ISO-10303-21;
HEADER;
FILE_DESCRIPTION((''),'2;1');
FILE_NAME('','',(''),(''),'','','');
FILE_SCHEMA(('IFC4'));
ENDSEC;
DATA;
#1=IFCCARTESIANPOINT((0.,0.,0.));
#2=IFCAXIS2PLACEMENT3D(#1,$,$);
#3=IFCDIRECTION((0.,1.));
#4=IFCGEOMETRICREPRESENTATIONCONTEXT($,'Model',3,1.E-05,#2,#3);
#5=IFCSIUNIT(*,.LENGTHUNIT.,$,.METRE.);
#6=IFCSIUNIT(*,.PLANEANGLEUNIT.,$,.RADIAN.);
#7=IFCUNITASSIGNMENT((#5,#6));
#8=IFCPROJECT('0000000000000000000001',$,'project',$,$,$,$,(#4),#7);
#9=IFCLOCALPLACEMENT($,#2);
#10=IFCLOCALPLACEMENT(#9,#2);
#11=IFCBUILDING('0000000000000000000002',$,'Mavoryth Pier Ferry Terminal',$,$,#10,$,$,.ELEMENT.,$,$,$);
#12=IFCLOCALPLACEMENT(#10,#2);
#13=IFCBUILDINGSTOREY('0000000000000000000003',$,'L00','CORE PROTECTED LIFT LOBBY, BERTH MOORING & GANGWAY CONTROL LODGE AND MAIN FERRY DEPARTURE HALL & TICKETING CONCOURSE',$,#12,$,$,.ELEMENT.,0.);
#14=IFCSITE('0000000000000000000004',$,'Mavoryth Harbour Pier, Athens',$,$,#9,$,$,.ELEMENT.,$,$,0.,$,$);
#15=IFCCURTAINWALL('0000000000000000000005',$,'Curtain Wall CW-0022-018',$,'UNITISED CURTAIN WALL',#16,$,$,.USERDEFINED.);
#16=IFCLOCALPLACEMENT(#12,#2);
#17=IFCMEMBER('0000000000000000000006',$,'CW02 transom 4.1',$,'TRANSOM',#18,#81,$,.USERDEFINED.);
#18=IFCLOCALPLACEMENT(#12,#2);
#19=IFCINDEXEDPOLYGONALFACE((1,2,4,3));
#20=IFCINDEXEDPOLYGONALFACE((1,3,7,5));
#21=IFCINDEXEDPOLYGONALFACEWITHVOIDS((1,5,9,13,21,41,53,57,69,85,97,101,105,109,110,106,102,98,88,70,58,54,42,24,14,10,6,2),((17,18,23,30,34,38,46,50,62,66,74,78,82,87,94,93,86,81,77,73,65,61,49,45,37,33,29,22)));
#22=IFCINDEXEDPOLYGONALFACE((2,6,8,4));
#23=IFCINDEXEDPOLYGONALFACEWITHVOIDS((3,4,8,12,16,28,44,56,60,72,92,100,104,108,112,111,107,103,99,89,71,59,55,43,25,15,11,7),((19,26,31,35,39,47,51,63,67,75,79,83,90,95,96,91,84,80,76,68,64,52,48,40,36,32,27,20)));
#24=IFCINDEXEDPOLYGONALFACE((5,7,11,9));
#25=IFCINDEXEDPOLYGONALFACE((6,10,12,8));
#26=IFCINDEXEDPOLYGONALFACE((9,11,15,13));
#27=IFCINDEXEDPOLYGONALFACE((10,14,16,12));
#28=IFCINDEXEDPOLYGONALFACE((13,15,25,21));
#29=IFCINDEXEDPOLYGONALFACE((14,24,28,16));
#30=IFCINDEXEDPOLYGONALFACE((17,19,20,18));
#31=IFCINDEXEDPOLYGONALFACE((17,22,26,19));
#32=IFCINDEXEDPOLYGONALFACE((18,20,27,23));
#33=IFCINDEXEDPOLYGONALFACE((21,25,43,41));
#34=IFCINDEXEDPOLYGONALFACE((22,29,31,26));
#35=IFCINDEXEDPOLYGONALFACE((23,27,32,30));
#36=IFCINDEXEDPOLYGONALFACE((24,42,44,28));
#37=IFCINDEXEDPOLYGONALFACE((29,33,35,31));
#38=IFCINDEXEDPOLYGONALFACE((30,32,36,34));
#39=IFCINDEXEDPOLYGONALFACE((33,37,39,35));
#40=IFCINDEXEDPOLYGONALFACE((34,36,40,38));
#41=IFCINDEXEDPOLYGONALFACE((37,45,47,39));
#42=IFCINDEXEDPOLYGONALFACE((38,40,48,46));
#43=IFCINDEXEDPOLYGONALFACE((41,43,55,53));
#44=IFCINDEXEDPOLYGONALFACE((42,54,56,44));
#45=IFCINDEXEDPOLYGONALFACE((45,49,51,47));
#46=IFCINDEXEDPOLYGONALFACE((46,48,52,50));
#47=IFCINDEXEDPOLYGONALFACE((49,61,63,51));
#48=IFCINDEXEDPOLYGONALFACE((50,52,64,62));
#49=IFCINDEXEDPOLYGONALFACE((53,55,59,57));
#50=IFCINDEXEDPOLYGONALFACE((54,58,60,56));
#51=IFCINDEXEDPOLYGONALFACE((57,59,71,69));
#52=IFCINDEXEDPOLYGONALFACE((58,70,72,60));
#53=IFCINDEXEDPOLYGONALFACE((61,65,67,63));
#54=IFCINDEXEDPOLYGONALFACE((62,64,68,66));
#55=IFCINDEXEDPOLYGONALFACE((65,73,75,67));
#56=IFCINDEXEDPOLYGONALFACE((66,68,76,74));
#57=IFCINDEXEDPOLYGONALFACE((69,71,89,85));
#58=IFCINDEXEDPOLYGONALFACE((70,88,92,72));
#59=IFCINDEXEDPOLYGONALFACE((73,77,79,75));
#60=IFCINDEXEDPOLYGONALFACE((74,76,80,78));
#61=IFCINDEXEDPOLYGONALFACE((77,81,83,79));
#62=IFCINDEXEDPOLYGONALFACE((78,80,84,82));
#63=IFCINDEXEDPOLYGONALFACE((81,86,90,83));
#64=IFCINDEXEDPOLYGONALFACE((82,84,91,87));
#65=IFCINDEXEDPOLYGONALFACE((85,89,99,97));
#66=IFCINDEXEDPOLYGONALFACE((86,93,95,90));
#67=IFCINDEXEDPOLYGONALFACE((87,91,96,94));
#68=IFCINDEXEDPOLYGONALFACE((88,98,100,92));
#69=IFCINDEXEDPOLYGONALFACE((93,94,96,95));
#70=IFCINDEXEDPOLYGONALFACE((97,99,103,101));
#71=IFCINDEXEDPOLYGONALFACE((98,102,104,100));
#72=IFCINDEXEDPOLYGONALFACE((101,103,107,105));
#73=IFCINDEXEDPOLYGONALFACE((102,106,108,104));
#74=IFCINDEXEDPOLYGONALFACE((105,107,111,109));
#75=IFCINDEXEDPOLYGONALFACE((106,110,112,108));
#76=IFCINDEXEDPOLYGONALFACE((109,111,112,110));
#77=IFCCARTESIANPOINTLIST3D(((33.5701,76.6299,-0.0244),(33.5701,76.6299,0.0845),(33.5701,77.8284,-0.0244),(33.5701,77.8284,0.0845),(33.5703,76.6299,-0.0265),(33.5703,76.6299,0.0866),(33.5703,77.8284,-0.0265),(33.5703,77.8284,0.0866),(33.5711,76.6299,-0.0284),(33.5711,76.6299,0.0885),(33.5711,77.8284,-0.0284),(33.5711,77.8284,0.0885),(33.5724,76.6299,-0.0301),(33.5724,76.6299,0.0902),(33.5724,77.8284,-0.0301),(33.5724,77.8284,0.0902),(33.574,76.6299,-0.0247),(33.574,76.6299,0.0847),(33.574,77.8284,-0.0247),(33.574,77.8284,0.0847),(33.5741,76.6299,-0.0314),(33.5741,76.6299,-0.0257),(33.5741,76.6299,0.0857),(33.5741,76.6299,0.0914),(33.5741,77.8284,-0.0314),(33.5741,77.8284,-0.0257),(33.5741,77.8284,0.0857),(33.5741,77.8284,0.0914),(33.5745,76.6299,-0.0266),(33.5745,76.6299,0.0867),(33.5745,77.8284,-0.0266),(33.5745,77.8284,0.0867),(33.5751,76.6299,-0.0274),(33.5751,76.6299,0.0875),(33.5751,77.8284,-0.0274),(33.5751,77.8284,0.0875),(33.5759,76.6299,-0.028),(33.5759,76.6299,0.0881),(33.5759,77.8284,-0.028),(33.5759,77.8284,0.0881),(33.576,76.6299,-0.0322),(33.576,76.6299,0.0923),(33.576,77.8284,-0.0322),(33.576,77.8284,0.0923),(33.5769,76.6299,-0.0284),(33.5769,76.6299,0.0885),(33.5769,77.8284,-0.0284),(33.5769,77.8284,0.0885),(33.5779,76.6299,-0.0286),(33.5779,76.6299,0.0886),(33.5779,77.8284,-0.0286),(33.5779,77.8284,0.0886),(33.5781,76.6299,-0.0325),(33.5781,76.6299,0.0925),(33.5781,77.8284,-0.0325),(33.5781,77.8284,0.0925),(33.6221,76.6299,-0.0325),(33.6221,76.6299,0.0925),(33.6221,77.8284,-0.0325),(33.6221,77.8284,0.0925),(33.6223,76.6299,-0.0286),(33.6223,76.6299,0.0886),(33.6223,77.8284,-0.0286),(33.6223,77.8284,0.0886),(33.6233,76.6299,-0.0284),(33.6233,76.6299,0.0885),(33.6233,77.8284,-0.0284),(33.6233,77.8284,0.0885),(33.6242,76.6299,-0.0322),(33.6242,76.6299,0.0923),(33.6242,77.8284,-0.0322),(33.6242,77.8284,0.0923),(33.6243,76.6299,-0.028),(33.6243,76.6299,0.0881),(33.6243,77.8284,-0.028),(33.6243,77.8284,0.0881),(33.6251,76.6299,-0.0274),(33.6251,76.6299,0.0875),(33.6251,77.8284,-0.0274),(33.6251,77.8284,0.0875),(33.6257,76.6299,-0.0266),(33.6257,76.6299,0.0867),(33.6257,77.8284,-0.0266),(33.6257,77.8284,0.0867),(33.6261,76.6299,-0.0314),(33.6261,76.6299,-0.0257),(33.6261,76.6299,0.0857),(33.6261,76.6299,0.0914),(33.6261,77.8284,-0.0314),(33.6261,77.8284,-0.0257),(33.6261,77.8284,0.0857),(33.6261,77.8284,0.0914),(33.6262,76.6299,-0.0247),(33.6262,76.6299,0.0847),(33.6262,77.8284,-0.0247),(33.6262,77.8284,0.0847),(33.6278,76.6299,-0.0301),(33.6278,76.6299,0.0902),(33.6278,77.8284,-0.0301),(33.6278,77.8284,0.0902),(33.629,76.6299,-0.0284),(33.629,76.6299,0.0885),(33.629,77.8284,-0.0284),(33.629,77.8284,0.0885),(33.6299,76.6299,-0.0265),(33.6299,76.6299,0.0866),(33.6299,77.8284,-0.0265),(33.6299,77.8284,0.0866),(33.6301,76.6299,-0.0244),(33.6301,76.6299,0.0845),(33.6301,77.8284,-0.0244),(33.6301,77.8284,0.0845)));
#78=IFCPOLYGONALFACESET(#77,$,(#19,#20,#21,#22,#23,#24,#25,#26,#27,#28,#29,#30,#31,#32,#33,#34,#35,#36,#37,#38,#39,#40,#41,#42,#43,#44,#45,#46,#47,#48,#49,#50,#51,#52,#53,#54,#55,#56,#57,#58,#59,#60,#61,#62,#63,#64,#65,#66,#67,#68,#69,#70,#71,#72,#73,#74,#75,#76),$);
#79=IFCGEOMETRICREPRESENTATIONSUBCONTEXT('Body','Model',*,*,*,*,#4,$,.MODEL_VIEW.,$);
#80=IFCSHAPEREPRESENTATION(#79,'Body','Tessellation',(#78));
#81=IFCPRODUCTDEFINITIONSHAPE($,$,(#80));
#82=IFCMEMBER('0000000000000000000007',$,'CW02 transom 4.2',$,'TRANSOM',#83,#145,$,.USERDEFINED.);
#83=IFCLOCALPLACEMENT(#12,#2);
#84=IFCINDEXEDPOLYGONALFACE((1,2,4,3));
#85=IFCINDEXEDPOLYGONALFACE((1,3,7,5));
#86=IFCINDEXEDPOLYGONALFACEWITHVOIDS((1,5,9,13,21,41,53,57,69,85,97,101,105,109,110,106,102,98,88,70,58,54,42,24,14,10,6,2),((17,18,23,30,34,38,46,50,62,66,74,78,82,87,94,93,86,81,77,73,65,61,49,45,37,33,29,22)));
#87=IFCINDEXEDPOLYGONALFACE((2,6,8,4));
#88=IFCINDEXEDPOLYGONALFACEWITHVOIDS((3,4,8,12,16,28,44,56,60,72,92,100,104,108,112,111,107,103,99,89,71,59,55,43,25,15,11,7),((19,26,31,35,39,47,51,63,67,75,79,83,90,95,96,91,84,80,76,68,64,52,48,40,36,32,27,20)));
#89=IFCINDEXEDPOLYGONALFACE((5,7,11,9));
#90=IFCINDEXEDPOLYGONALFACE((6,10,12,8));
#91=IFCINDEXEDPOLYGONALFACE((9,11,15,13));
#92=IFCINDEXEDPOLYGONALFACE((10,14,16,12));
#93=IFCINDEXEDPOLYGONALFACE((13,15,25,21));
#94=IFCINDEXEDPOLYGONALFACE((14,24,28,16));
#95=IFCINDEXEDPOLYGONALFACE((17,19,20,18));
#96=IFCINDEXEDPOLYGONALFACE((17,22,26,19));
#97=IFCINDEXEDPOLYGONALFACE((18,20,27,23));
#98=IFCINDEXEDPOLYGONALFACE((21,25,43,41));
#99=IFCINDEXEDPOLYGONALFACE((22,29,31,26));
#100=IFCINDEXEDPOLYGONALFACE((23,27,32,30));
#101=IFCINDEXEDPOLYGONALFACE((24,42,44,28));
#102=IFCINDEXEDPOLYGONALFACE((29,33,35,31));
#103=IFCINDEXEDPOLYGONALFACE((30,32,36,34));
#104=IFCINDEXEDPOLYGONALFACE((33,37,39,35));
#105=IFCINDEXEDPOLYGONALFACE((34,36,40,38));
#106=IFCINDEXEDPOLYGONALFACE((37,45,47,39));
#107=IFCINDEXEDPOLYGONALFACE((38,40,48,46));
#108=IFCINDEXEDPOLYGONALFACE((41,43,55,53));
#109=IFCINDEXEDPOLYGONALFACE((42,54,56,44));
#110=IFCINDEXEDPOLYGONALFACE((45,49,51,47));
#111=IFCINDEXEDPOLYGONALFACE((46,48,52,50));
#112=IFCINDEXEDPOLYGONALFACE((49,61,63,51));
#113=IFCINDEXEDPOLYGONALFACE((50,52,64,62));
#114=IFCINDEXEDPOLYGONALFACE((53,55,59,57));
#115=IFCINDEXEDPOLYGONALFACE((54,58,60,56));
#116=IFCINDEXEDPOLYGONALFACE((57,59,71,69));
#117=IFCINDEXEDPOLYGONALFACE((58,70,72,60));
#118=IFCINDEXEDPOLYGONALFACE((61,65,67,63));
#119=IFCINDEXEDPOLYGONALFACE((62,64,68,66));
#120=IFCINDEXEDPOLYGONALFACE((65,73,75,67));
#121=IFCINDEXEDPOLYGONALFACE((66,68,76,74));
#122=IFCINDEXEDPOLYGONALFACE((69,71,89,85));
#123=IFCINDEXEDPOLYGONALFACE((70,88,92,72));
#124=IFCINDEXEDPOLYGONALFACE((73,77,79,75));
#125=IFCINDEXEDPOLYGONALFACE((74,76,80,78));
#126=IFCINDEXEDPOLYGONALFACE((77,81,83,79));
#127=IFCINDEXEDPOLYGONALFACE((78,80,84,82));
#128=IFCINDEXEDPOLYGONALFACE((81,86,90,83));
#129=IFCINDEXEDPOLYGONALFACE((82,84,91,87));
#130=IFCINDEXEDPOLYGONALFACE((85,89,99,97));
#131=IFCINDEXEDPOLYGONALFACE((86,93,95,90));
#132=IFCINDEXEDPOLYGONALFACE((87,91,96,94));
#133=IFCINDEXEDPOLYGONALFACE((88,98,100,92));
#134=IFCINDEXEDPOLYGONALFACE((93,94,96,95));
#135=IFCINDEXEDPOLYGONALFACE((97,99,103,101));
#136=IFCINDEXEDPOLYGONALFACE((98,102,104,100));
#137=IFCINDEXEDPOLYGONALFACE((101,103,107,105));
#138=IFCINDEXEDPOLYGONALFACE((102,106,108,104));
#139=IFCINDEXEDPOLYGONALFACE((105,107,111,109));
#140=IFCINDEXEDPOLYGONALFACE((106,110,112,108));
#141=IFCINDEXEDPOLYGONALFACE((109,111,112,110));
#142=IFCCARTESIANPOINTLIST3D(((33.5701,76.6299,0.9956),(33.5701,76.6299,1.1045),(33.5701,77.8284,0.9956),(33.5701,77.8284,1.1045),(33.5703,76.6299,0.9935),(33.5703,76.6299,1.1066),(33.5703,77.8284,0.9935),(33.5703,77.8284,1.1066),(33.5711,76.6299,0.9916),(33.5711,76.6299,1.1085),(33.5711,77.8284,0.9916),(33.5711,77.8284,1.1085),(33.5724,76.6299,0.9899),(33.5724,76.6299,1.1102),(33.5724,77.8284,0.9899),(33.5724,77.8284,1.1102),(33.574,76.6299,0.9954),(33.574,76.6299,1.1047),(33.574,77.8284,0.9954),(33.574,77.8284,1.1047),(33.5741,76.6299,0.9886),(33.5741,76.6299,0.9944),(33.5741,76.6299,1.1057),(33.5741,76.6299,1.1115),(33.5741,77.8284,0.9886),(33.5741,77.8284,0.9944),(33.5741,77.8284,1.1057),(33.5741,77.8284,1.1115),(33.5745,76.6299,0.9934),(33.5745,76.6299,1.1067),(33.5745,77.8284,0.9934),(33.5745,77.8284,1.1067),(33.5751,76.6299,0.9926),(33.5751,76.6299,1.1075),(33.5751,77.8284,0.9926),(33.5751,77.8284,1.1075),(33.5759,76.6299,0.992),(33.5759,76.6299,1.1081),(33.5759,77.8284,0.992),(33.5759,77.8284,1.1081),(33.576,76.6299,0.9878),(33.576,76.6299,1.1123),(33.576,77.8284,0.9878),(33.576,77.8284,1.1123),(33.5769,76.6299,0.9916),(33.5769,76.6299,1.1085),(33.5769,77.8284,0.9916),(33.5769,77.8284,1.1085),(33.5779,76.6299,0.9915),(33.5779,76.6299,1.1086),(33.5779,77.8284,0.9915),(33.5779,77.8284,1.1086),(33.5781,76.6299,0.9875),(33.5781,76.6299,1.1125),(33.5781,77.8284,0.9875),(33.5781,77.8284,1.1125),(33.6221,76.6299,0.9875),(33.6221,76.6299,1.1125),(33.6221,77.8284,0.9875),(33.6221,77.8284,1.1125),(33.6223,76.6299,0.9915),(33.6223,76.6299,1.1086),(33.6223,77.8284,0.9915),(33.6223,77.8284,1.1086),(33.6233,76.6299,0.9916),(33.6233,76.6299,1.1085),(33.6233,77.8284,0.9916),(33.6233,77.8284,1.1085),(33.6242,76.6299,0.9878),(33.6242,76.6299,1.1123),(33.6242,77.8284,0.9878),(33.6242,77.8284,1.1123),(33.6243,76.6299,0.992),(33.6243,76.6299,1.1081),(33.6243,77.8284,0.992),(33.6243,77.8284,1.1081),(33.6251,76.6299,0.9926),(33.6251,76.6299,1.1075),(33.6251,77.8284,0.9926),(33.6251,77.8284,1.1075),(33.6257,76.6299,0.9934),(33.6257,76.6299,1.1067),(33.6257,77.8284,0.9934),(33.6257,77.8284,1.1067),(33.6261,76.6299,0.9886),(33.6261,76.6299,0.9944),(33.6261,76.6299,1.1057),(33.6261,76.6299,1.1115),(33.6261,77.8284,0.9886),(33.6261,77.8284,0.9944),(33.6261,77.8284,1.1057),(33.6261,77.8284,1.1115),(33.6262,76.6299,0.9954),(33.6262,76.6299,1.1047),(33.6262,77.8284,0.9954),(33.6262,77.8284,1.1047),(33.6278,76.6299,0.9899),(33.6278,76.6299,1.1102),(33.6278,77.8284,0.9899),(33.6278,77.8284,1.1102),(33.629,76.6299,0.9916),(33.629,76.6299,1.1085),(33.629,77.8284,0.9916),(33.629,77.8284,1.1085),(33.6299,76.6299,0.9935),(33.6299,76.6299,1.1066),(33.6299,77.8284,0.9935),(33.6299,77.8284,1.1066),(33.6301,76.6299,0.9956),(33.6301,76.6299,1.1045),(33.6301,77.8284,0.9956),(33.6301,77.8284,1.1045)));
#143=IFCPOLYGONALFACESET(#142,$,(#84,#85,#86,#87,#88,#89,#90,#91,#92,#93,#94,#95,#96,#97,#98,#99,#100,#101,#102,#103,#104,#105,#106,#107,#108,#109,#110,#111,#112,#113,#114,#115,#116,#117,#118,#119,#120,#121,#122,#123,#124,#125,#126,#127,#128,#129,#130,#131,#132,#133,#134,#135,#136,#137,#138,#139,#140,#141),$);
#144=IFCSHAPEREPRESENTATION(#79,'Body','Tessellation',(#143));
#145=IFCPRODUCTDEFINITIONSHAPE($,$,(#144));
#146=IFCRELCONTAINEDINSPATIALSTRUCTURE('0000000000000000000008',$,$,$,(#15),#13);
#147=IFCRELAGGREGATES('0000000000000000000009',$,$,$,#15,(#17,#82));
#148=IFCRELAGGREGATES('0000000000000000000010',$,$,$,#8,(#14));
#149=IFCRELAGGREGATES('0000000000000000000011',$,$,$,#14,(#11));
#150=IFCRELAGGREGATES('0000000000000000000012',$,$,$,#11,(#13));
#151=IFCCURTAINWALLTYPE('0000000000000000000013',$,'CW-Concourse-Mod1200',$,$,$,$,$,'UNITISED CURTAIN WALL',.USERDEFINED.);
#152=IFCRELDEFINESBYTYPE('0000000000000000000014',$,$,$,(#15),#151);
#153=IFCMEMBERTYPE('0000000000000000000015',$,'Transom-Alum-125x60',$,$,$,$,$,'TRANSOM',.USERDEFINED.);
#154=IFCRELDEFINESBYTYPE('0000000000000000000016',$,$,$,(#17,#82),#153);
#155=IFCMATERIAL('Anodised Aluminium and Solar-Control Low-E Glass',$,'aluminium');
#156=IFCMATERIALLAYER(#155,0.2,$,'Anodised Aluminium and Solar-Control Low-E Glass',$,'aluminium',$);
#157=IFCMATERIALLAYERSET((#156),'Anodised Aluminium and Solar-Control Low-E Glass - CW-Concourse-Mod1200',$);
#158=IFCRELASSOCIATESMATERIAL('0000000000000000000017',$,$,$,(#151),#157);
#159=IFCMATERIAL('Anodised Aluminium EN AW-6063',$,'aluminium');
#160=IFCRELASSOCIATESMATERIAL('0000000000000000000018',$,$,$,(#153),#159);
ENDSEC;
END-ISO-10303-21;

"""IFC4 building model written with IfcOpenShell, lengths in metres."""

from ifc_helpers import new_model, si_unit, direction, frame, origin, origin_2d, place, context, subcontext, project, spatial, hollow_rectangle, extrude, material, layer, layer_set, material_profile, profile_set, type_object, element, aggregate, save


model = new_model("IFC4")

# Units and contexts
model_context = context("Model", 3, precision=1e-05, world=origin(), true_north=direction((0.0, 1.0)))
body_context = subcontext(model_context, "Body", "Model", "MODEL_VIEW")
ifc_project = project(units=[si_unit("LENGTHUNIT", "METRE"), si_unit("PLANEANGLEUNIT", "RADIAN")], contexts=[model_context])

# Site, building, storey
site_placement = place(None, origin())
site = spatial("IfcSite", under=ifc_project, at=site_placement, Name="Mavoryth Harbour Pier, Athens", CompositionType="ELEMENT", RefElevation=0.0)
building_placement = place(site_placement, origin())
building = spatial("IfcBuilding", under=site, at=building_placement, Name="Mavoryth Pier Ferry Terminal", CompositionType="ELEMENT")
storey_placement = place(building_placement, origin())
storey = spatial("IfcBuildingStorey", under=building, at=storey_placement, Name="L00", Description="CORE PROTECTED LIFT LOBBY, BERTH MOORING & GANGWAY CONTROL LODGE AND MAIN FERRY DEPARTURE HALL & TICKETING CONCOURSE", CompositionType="ELEMENT", Elevation=0.0)

# Curtain wall, members
ifc_material_1 = material(Name="Anodised Aluminium and Solar-Control Low-E Glass", Category="aluminium")
ifc_layer_1 = layer(ifc_material_1, 0.2, Name="Anodised Aluminium and Solar-Control Low-E Glass", Category="aluminium")
ifc_layer_set_1 = layer_set([ifc_layer_1], Name="Anodised Aluminium and Solar-Control Low-E Glass - CW-Concourse-Mod1200")
curtain_wall_type = type_object("IfcCurtainWallType", Name="CW-Concourse-Mod1200", ElementType="UNITISED CURTAIN WALL", PredefinedType="USERDEFINED", material=ifc_layer_set_1)
curtain_wall_placement = place(storey_placement, origin())
curtain_wall = element("IfcCurtainWall", 1, at=curtain_wall_placement, inside=storey, type_object=curtain_wall_type, Name="Curtain Wall CW-0022-018", ObjectType="UNITISED CURTAIN WALL", PredefinedType="USERDEFINED")
ifc_material_2 = material(Name="Anodised Aluminium EN AW-6063", Category="aluminium")
ifc_material_profile_1 = material_profile(ifc_material_2, hollow_rectangle(XDim=0.0601, YDim=0.125, WallThickness=0.0039, InnerFilletRadius=0.0039, OuterFilletRadius=0.0081, at=origin_2d()), Name="AL-TRAN 125x60x4", Category="aluminium")
ifc_profile_set_1 = profile_set([ifc_material_profile_1], Name="Anodised Aluminium EN AW-6063 - AL-TRAN 125x60x4")
member_type_1 = type_object("IfcMemberType", Name="Transom-Alum-125x60", ElementType="TRANSOM", PredefinedType="USERDEFINED", material=ifc_profile_set_1)
member_1_placement = place(storey_placement, frame((33.6001, 76.6299, 0.03), z_axis=(0.0, 1.0, 0.0), x_axis=(-1.0, 0.0, 0.0)))
member_1 = element("IfcMember", 2, at=member_1_placement, type_object=member_type_1, Name="CW02 transom 4.1", ObjectType="TRANSOM", PredefinedType="USERDEFINED", context=body_context, shape_type="SweptSolid", body=[
    extrude(hollow_rectangle(XDim=0.0601, YDim=0.125, WallThickness=0.0039, InnerFilletRadius=0.0039, OuterFilletRadius=0.0081, at=origin_2d()), origin(), (0.0, 0.0, 1.0), 1.1985),
])
member_2_placement = place(storey_placement, frame((33.6001, 76.6299, 1.05), z_axis=(0.0, 1.0, 0.0), x_axis=(-1.0, 0.0, 0.0)))
member_2 = element("IfcMember", 3, at=member_2_placement, type_object=member_type_1, Name="CW02 transom 4.2", ObjectType="TRANSOM", PredefinedType="USERDEFINED", context=body_context, shape_type="SweptSolid", body=[
    extrude(hollow_rectangle(XDim=0.0601, YDim=0.125, WallThickness=0.0039, InnerFilletRadius=0.0039, OuterFilletRadius=0.0081, at=origin_2d()), origin(), (0.0, 0.0, 1.0), 1.1985),
])
aggregate(curtain_wall, [member_1, member_2])

save(model, "model.ifc")
